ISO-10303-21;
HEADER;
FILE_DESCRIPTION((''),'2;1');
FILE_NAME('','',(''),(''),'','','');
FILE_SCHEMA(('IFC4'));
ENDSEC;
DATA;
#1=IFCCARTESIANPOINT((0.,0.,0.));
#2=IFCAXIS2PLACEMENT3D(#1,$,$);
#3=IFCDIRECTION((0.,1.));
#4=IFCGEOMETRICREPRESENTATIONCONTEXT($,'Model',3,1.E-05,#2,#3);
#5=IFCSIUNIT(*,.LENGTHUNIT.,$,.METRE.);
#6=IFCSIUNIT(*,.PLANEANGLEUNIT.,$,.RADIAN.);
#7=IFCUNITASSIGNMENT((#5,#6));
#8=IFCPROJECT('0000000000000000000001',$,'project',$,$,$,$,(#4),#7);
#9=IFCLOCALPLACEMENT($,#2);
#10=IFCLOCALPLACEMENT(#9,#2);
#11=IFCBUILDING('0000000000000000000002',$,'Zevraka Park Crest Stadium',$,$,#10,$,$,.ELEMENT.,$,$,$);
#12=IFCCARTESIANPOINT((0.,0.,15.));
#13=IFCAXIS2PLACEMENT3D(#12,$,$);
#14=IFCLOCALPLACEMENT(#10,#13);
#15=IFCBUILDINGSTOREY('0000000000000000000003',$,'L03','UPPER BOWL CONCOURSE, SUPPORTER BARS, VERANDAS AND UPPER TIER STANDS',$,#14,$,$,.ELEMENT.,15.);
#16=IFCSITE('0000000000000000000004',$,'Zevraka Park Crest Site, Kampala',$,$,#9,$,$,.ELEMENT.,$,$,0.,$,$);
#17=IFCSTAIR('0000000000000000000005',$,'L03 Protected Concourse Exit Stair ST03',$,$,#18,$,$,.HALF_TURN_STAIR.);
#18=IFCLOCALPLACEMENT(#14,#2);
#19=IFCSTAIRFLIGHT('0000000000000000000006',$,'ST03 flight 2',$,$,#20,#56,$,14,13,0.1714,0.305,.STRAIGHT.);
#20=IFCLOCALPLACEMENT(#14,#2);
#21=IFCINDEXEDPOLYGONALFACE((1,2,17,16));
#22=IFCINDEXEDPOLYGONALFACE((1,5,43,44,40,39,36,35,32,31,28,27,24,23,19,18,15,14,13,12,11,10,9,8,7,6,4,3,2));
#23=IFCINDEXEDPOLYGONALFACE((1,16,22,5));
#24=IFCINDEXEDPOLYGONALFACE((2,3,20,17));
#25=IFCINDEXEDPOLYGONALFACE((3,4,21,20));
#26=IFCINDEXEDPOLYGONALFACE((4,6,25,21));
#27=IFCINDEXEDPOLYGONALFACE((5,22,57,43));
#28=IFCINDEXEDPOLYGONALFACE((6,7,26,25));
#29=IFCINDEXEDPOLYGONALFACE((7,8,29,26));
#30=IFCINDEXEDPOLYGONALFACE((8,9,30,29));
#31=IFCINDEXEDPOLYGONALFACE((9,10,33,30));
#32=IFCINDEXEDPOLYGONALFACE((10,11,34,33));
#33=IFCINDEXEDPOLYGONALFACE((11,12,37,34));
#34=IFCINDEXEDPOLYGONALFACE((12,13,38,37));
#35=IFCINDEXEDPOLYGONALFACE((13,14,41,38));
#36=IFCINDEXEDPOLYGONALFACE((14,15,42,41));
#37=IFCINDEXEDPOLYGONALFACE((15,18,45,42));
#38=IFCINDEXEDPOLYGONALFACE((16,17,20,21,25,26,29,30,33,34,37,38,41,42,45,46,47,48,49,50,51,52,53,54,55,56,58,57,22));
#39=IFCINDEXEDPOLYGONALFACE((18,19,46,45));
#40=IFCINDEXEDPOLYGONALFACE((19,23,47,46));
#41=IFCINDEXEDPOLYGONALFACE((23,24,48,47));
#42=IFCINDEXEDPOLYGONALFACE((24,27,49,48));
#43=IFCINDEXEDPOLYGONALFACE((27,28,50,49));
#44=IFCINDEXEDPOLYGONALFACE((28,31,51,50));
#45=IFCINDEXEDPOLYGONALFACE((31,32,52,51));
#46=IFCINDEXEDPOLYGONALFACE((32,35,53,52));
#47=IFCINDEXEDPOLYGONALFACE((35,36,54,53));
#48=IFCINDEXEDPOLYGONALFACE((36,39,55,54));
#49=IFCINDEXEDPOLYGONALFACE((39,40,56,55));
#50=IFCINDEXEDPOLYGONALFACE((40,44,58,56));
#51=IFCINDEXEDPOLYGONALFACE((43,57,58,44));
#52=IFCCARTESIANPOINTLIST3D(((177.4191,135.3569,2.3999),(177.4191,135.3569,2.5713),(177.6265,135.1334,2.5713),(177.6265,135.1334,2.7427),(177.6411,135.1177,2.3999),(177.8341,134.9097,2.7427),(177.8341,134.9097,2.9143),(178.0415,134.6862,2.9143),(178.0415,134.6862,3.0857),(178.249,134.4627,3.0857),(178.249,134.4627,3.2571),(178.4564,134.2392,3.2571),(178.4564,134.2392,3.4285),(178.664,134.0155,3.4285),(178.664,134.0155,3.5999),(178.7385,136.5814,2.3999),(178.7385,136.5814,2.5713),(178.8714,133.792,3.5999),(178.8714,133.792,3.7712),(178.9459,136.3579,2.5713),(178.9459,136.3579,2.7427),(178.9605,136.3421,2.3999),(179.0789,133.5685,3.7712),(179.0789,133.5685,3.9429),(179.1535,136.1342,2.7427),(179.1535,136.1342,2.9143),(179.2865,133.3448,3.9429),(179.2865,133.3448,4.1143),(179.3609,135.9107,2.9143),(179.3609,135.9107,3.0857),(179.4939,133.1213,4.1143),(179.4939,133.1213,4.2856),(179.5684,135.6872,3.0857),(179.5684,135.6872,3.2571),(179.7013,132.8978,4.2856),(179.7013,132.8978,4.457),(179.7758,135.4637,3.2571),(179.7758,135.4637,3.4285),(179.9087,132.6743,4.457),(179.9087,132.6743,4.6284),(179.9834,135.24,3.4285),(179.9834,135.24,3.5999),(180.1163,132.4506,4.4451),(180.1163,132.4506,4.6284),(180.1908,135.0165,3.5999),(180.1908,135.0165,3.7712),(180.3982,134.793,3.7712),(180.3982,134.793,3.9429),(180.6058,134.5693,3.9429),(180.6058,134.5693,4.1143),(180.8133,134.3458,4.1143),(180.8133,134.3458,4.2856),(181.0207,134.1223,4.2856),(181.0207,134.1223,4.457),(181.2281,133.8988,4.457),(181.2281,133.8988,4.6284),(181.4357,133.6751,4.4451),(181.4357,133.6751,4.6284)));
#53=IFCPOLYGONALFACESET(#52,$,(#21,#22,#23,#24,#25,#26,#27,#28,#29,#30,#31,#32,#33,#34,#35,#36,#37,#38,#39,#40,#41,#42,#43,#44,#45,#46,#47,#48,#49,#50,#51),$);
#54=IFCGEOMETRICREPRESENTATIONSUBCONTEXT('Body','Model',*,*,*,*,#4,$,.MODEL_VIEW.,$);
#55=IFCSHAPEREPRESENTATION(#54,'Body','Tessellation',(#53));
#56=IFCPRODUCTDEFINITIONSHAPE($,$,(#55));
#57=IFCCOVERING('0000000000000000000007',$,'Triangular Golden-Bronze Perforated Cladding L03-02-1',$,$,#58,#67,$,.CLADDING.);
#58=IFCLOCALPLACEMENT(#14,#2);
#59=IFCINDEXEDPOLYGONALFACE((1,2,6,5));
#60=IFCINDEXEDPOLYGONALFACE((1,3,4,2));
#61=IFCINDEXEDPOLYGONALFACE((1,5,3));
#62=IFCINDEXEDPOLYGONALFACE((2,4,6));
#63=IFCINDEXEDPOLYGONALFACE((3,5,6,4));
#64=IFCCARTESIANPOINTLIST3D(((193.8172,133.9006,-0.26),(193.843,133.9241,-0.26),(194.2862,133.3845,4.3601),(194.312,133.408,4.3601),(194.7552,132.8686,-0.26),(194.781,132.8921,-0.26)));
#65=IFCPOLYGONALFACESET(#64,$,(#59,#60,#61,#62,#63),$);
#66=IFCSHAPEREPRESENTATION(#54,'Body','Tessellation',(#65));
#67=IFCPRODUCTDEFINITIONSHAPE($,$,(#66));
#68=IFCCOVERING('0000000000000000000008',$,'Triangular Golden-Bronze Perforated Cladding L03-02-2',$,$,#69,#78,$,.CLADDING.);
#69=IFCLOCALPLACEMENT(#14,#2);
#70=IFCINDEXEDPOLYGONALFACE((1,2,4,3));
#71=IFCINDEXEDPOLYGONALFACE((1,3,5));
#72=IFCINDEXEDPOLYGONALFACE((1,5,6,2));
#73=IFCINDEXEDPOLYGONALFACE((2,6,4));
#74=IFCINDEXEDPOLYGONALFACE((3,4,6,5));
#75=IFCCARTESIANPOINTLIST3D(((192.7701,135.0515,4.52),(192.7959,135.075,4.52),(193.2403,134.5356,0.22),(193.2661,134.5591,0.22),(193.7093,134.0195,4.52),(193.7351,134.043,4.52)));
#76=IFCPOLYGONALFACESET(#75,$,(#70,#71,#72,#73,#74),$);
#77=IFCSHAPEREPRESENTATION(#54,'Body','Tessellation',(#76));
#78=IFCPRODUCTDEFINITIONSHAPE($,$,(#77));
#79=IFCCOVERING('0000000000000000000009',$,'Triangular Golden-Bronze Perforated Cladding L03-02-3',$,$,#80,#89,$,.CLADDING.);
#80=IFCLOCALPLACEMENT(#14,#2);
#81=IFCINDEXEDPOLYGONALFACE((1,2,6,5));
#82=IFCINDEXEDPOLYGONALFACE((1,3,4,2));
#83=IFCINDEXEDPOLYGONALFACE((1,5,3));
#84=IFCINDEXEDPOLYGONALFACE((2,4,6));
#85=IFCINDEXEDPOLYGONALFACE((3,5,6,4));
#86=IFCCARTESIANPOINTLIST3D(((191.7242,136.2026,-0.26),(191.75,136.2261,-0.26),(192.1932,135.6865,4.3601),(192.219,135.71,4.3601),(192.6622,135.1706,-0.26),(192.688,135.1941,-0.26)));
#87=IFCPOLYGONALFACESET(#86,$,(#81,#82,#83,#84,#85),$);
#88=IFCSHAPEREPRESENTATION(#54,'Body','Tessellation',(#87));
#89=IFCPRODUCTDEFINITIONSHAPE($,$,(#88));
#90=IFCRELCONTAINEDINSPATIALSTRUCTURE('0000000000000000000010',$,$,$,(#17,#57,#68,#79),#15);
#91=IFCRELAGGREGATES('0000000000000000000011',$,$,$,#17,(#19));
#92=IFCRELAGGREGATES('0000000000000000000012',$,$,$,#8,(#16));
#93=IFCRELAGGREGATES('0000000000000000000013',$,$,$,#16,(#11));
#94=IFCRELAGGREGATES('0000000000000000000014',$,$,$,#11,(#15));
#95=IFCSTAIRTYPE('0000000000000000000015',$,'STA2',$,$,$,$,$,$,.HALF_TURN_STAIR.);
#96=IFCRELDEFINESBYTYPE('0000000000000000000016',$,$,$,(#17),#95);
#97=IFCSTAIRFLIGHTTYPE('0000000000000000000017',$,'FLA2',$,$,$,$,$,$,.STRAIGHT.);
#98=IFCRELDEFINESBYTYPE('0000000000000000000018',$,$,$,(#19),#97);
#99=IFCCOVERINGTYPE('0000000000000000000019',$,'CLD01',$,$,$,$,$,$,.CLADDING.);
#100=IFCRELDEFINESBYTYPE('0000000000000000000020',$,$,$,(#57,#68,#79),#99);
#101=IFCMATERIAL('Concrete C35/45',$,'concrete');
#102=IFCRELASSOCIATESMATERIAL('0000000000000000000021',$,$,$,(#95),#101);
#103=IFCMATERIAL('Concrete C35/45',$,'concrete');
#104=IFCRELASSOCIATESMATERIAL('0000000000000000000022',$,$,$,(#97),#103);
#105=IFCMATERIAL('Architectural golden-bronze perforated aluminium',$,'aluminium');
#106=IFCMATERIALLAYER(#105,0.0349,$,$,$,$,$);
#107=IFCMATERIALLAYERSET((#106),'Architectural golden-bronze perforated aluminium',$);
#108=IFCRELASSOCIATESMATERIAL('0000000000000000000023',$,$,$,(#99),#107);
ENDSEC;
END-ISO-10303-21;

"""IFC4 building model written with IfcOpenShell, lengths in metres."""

from ifc_helpers import new_model, si_unit, direction, frame, origin, place, context, subcontext, project, spatial, polyline, outline, extrude, material, layer, layer_set, type_object, element, aggregate, save


model = new_model("IFC4")

# Units and contexts
model_context = context("Model", 3, precision=1e-05, world=origin(), true_north=direction((0.0, 1.0)))
body_context = subcontext(model_context, "Body", "Model", "MODEL_VIEW")
ifc_project = project(units=[si_unit("LENGTHUNIT", "METRE"), si_unit("PLANEANGLEUNIT", "RADIAN")], contexts=[model_context])

# Site, building, storey
site_placement = place(None, origin())
site = spatial("IfcSite", under=ifc_project, at=site_placement, Name="Zevraka Park Crest Site, Kampala", CompositionType="ELEMENT", RefElevation=0.0)
building_placement = place(site_placement, origin())
building = spatial("IfcBuilding", under=site, at=building_placement, Name="Zevraka Park Crest Stadium", CompositionType="ELEMENT")
storey_placement = place(building_placement, frame((0.0, 0.0, 15.0)))
storey = spatial("IfcBuildingStorey", under=building, at=storey_placement, Name="L03", Description="UPPER BOWL CONCOURSE, SUPPORTER BARS, VERANDAS AND UPPER TIER STANDS", CompositionType="ELEMENT", Elevation=15.0)

# Stair, stair flight
ifc_material_1 = material(Name="Concrete C35/45", Category="concrete")
stair_type = type_object("IfcStairType", Name="STA2", PredefinedType="HALF_TURN_STAIR", material=ifc_material_1)
stair_placement = place(storey_placement, origin())
stair = element("IfcStair", 1, at=stair_placement, inside=storey, type_object=stair_type, Name="L03 Protected Concourse Exit Stair ST03", PredefinedType="HALF_TURN_STAIR")
ifc_material_2 = material(Name="Concrete C35/45", Category="concrete")
stair_flight_type = type_object("IfcStairFlightType", Name="FLA2", PredefinedType="STRAIGHT", material=ifc_material_2)
stair_flight_1_placement = place(storey_placement, frame((178.0789, 135.9692, 2.3999), z_axis=(0.0, 0.0, 1.0), x_axis=(0.680255, -0.732975, 0.0)))
stair_flight_1 = element("IfcStairFlight", 2, at=stair_flight_1_placement, type_object=stair_flight_type, Name="ST03 flight 2", NumberOfRisers=14, NumberOfTreads=13, PredefinedType="STRAIGHT", RiserHeight=0.1714, TreadLength=0.305, context=body_context, shape_type="SweptSolid", body=[
    extrude(outline(polyline([(0.0, 0.0), (0.0, 0.1714), (0.3049, 0.1714), (0.3049, 0.3428), (0.6101, 0.3428), (0.6101, 0.5144), (0.915, 0.5144), (0.915, 0.6858), (1.22, 0.6858), (1.22, 0.8572), (1.5249, 0.8572), (1.5249, 1.0286), (1.8301, 1.0286), (1.8301, 1.2), (2.135, 1.2), (2.135, 1.3713), (2.4399, 1.3713), (2.4399, 1.543), (2.7451, 1.543), (2.7451, 1.7144), (3.05, 1.7144), (3.05, 1.8857), (3.355, 1.8857), (3.355, 2.0571), (3.6599, 2.0571), (3.6599, 2.2285), (3.9651, 2.2285), (3.9651, 2.3999), (3.9651, 2.0452), (0.3264, 0.0), (0.0, 0.0)])), frame((0.0, 0.8999, 0.0), z_axis=(0.0, -1.0, 0.0), x_axis=(1.0, 0.0, 0.0)), (0.0, 0.0, 1.0), 1.8),
])
aggregate(stair, [stair_flight_1])

# Coverings
ifc_material_3 = material(Name="Architectural golden-bronze perforated aluminium", Category="aluminium")
ifc_layer_1 = layer(ifc_material_3, 0.0349)
ifc_layer_set_1 = layer_set([ifc_layer_1], Name="Architectural golden-bronze perforated aluminium")
covering_type = type_object("IfcCoveringType", Name="CLD01", PredefinedType="CLADDING", material=ifc_layer_set_1)
covering_1_placement = place(storey_placement, frame((194.781, 132.8921, -0.26), z_axis=(0.740003, 0.672603, 0.000018), x_axis=(-0.672603, 0.740003, 0.0)))
element("IfcCovering", 3, at=covering_1_placement, inside=storey, type_object=covering_type, Name="Triangular Golden-Bronze Perforated Cladding L03-02-1", PredefinedType="CLADDING", context=body_context, shape_type="SweptSolid", body=[
    extrude(outline(polyline([(0.0, 0.0), (1.3946, 0.0), (0.6972, 4.6201), (0.0, 0.0)])), origin(), (0.0, 0.0, -1.0), 0.0349),
])
covering_2_placement = place(storey_placement, frame((192.7959, 135.075, 4.52), z_axis=(0.739568, 0.673082, 0.000124), x_axis=(0.673082, -0.739568, 0.0)))
element("IfcCovering", 4, at=covering_2_placement, inside=storey, type_object=covering_type, Name="Triangular Golden-Bronze Perforated Cladding L03-02-2", PredefinedType="CLADDING", context=body_context, shape_type="SweptSolid", body=[
    extrude(outline(polyline([(0.0, 0.0), (1.3954, 0.0), (0.698, 4.3), (0.0, 0.0)])), origin(), (0.0, 0.0, -1.0), 0.0349),
])
covering_3_placement = place(storey_placement, frame((192.688, 135.1941, -0.26), z_axis=(0.740003, 0.672603, 0.000018), x_axis=(-0.672603, 0.740003, 0.0)))
element("IfcCovering", 5, at=covering_3_placement, inside=storey, type_object=covering_type, Name="Triangular Golden-Bronze Perforated Cladding L03-02-3", PredefinedType="CLADDING", context=body_context, shape_type="SweptSolid", body=[
    extrude(outline(polyline([(0.0, 0.0), (1.3946, 0.0), (0.6972, 4.6201), (0.0, 0.0)])), origin(), (0.0, 0.0, -1.0), 0.0349),
])

save(model, "model.ifc")
